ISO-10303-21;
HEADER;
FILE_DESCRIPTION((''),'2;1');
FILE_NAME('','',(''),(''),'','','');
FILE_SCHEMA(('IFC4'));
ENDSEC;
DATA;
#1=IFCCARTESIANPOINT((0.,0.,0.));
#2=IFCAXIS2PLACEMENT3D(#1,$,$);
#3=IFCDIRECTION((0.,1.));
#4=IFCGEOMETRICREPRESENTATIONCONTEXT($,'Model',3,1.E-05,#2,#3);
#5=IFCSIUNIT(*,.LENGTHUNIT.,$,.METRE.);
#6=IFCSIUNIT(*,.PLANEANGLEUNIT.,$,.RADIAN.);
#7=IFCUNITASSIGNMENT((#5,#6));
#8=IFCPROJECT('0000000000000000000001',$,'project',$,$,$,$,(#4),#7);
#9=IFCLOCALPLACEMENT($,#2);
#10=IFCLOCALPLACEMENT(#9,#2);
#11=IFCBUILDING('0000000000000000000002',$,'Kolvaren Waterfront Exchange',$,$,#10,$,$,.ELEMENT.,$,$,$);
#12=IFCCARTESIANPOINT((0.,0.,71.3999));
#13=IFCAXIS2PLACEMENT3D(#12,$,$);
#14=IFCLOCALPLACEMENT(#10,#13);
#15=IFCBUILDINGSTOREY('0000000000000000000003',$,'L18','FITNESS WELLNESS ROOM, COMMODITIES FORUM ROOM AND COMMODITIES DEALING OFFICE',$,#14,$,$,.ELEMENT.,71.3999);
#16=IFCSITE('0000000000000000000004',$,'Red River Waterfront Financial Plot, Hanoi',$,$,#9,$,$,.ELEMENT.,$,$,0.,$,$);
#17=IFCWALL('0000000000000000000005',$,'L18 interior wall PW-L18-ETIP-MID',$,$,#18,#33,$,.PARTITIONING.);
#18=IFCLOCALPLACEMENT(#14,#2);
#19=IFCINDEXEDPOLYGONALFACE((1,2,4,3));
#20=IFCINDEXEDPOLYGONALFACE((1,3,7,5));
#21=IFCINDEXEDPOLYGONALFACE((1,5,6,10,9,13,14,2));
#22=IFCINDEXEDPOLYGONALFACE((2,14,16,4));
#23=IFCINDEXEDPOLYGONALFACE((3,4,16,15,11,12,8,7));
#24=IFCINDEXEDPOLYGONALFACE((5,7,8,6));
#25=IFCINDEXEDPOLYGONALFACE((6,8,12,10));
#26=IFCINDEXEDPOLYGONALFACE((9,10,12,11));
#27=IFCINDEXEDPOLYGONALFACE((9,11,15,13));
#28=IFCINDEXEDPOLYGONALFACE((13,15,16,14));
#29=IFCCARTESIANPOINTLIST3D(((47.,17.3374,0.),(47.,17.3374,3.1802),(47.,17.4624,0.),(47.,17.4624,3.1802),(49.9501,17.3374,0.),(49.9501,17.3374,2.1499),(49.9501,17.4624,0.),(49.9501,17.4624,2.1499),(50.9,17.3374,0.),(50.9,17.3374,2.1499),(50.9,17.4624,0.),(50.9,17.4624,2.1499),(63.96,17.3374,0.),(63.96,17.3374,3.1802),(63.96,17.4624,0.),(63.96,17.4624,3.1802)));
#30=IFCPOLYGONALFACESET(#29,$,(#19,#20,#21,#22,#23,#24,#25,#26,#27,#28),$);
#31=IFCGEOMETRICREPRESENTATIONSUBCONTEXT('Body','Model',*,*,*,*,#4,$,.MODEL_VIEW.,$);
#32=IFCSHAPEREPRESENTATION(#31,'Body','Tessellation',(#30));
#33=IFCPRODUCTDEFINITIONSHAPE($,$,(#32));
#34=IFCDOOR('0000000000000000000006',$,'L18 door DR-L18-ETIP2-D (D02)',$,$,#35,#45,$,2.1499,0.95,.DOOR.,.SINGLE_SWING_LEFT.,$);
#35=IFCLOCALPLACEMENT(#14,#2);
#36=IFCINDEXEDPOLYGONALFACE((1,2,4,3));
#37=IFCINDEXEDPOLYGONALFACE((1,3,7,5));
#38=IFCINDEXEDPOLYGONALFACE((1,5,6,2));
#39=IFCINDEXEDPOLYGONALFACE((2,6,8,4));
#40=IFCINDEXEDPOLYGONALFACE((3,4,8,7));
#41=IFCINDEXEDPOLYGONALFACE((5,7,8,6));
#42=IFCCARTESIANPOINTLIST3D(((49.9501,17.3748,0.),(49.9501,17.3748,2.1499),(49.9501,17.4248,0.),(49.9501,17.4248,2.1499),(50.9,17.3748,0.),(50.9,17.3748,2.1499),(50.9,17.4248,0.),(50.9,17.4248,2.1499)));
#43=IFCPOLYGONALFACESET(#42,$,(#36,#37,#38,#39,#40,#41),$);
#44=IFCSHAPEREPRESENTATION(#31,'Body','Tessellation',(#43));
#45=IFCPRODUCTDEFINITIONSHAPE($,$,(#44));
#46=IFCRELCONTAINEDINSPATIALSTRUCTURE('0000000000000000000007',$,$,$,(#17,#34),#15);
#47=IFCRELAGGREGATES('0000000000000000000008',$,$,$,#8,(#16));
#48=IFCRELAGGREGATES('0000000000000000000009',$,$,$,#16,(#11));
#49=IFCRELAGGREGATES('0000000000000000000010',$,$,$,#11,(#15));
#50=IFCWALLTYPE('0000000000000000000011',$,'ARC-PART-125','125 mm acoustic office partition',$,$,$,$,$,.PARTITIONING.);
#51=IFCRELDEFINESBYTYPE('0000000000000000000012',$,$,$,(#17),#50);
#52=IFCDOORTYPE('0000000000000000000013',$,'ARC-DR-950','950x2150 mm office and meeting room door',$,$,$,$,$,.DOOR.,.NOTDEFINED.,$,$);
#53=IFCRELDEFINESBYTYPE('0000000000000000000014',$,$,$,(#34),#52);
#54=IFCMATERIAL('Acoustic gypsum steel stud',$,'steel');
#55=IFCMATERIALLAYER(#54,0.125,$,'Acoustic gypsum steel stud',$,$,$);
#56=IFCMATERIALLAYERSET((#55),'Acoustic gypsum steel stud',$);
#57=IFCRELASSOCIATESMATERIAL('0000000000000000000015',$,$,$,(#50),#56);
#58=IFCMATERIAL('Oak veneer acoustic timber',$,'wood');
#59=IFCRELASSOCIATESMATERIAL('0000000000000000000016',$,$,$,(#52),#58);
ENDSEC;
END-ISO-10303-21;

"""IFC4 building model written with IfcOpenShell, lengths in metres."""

from ifc_helpers import new_model, si_unit, direction, frame, frame_2d, origin, place, context, subcontext, project, spatial, rectangle, extrude, material, layer, layer_set, type_object, element, fill, save


model = new_model("IFC4")

# Units and contexts
model_context = context("Model", 3, precision=1e-05, world=origin(), true_north=direction((0.0, 1.0)))
body_context = subcontext(model_context, "Body", "Model", "MODEL_VIEW")
ifc_project = project(units=[si_unit("LENGTHUNIT", "METRE"), si_unit("PLANEANGLEUNIT", "RADIAN")], contexts=[model_context])

# Site, building, storey
site_placement = place(None, origin())
site = spatial("IfcSite", under=ifc_project, at=site_placement, Name="Red River Waterfront Financial Plot, Hanoi", CompositionType="ELEMENT", RefElevation=0.0)
building_placement = place(site_placement, origin())
building = spatial("IfcBuilding", under=site, at=building_placement, Name="Kolvaren Waterfront Exchange", CompositionType="ELEMENT")
storey_placement = place(building_placement, frame((0.0, 0.0, 71.3999)))
storey = spatial("IfcBuildingStorey", under=building, at=storey_placement, Name="L18", Description="FITNESS WELLNESS ROOM, COMMODITIES FORUM ROOM AND COMMODITIES DEALING OFFICE", CompositionType="ELEMENT", Elevation=71.3999)

# Wall, opening, door
ifc_material_1 = material(Name="Acoustic gypsum steel stud", Category="steel")
ifc_layer_1 = layer(ifc_material_1, 0.125, Name="Acoustic gypsum steel stud")
ifc_layer_set_1 = layer_set([ifc_layer_1], Name="Acoustic gypsum steel stud")
wall_type_1 = type_object("IfcWallType", Name="ARC-PART-125", Description="125 mm acoustic office partition", PredefinedType="PARTITIONING", material=ifc_layer_set_1)
wall_1_placement = place(storey_placement, frame((47.0, 17.3999, 0.0), z_axis=(0.0, 0.0, 1.0), x_axis=(1.0, 0.0, 0.0)))
wall_1 = element("IfcWall", 1, at=wall_1_placement, inside=storey, type_object=wall_type_1, Name="L18 interior wall PW-L18-ETIP-MID", PredefinedType="PARTITIONING", context=body_context, shape_type="SweptSolid", body=[
    extrude(rectangle(XDim=16.96, YDim=0.125, at=frame_2d((8.48, 0.0))), origin(), (0.0, 0.0, 1.0), 3.1802),
])
opening_placement = place(wall_1_placement, frame((2.95, 0.0, 0.0)))
opening = element("IfcOpeningElement", 2, at=opening_placement, cuts=wall_1, PredefinedType="OPENING", context=body_context, shape_type="SweptSolid", body=[
    extrude(rectangle(XDim=0.95, YDim=2.1499, at=frame_2d((0.4751, 1.075))), frame((0.0, 0.0725, 0.0), z_axis=(0.0, -1.0, 0.0), x_axis=(1.0, 0.0, 0.0)), (0.0, 0.0, 1.0), 0.145),
])
ifc_material_2 = material(Name="Oak veneer acoustic timber", Category="wood")
door_type = type_object("IfcDoorType", Name="ARC-DR-950", Description="950x2150 mm office and meeting room door", OperationType="NOTDEFINED", PredefinedType="DOOR", material=ifc_material_2)
door_placement = place(opening_placement, origin())
door = element("IfcDoor", 3, at=door_placement, inside=storey, type_object=door_type, Name="L18 door DR-L18-ETIP2-D (D02)", OperationType="SINGLE_SWING_LEFT", OverallHeight=2.1499, OverallWidth=0.95, PredefinedType="DOOR", context=body_context, shape_type="SweptSolid", body=[
    extrude(rectangle(XDim=0.95, YDim=2.1499, at=frame_2d((0.4751, 1.075))), frame((0.0, 0.0249, 0.0), z_axis=(0.0, -1.0, 0.0), x_axis=(1.0, 0.0, 0.0)), (0.0, 0.0, 1.0), 0.05),
])
fill(opening, door)

save(model, "model.ifc")
